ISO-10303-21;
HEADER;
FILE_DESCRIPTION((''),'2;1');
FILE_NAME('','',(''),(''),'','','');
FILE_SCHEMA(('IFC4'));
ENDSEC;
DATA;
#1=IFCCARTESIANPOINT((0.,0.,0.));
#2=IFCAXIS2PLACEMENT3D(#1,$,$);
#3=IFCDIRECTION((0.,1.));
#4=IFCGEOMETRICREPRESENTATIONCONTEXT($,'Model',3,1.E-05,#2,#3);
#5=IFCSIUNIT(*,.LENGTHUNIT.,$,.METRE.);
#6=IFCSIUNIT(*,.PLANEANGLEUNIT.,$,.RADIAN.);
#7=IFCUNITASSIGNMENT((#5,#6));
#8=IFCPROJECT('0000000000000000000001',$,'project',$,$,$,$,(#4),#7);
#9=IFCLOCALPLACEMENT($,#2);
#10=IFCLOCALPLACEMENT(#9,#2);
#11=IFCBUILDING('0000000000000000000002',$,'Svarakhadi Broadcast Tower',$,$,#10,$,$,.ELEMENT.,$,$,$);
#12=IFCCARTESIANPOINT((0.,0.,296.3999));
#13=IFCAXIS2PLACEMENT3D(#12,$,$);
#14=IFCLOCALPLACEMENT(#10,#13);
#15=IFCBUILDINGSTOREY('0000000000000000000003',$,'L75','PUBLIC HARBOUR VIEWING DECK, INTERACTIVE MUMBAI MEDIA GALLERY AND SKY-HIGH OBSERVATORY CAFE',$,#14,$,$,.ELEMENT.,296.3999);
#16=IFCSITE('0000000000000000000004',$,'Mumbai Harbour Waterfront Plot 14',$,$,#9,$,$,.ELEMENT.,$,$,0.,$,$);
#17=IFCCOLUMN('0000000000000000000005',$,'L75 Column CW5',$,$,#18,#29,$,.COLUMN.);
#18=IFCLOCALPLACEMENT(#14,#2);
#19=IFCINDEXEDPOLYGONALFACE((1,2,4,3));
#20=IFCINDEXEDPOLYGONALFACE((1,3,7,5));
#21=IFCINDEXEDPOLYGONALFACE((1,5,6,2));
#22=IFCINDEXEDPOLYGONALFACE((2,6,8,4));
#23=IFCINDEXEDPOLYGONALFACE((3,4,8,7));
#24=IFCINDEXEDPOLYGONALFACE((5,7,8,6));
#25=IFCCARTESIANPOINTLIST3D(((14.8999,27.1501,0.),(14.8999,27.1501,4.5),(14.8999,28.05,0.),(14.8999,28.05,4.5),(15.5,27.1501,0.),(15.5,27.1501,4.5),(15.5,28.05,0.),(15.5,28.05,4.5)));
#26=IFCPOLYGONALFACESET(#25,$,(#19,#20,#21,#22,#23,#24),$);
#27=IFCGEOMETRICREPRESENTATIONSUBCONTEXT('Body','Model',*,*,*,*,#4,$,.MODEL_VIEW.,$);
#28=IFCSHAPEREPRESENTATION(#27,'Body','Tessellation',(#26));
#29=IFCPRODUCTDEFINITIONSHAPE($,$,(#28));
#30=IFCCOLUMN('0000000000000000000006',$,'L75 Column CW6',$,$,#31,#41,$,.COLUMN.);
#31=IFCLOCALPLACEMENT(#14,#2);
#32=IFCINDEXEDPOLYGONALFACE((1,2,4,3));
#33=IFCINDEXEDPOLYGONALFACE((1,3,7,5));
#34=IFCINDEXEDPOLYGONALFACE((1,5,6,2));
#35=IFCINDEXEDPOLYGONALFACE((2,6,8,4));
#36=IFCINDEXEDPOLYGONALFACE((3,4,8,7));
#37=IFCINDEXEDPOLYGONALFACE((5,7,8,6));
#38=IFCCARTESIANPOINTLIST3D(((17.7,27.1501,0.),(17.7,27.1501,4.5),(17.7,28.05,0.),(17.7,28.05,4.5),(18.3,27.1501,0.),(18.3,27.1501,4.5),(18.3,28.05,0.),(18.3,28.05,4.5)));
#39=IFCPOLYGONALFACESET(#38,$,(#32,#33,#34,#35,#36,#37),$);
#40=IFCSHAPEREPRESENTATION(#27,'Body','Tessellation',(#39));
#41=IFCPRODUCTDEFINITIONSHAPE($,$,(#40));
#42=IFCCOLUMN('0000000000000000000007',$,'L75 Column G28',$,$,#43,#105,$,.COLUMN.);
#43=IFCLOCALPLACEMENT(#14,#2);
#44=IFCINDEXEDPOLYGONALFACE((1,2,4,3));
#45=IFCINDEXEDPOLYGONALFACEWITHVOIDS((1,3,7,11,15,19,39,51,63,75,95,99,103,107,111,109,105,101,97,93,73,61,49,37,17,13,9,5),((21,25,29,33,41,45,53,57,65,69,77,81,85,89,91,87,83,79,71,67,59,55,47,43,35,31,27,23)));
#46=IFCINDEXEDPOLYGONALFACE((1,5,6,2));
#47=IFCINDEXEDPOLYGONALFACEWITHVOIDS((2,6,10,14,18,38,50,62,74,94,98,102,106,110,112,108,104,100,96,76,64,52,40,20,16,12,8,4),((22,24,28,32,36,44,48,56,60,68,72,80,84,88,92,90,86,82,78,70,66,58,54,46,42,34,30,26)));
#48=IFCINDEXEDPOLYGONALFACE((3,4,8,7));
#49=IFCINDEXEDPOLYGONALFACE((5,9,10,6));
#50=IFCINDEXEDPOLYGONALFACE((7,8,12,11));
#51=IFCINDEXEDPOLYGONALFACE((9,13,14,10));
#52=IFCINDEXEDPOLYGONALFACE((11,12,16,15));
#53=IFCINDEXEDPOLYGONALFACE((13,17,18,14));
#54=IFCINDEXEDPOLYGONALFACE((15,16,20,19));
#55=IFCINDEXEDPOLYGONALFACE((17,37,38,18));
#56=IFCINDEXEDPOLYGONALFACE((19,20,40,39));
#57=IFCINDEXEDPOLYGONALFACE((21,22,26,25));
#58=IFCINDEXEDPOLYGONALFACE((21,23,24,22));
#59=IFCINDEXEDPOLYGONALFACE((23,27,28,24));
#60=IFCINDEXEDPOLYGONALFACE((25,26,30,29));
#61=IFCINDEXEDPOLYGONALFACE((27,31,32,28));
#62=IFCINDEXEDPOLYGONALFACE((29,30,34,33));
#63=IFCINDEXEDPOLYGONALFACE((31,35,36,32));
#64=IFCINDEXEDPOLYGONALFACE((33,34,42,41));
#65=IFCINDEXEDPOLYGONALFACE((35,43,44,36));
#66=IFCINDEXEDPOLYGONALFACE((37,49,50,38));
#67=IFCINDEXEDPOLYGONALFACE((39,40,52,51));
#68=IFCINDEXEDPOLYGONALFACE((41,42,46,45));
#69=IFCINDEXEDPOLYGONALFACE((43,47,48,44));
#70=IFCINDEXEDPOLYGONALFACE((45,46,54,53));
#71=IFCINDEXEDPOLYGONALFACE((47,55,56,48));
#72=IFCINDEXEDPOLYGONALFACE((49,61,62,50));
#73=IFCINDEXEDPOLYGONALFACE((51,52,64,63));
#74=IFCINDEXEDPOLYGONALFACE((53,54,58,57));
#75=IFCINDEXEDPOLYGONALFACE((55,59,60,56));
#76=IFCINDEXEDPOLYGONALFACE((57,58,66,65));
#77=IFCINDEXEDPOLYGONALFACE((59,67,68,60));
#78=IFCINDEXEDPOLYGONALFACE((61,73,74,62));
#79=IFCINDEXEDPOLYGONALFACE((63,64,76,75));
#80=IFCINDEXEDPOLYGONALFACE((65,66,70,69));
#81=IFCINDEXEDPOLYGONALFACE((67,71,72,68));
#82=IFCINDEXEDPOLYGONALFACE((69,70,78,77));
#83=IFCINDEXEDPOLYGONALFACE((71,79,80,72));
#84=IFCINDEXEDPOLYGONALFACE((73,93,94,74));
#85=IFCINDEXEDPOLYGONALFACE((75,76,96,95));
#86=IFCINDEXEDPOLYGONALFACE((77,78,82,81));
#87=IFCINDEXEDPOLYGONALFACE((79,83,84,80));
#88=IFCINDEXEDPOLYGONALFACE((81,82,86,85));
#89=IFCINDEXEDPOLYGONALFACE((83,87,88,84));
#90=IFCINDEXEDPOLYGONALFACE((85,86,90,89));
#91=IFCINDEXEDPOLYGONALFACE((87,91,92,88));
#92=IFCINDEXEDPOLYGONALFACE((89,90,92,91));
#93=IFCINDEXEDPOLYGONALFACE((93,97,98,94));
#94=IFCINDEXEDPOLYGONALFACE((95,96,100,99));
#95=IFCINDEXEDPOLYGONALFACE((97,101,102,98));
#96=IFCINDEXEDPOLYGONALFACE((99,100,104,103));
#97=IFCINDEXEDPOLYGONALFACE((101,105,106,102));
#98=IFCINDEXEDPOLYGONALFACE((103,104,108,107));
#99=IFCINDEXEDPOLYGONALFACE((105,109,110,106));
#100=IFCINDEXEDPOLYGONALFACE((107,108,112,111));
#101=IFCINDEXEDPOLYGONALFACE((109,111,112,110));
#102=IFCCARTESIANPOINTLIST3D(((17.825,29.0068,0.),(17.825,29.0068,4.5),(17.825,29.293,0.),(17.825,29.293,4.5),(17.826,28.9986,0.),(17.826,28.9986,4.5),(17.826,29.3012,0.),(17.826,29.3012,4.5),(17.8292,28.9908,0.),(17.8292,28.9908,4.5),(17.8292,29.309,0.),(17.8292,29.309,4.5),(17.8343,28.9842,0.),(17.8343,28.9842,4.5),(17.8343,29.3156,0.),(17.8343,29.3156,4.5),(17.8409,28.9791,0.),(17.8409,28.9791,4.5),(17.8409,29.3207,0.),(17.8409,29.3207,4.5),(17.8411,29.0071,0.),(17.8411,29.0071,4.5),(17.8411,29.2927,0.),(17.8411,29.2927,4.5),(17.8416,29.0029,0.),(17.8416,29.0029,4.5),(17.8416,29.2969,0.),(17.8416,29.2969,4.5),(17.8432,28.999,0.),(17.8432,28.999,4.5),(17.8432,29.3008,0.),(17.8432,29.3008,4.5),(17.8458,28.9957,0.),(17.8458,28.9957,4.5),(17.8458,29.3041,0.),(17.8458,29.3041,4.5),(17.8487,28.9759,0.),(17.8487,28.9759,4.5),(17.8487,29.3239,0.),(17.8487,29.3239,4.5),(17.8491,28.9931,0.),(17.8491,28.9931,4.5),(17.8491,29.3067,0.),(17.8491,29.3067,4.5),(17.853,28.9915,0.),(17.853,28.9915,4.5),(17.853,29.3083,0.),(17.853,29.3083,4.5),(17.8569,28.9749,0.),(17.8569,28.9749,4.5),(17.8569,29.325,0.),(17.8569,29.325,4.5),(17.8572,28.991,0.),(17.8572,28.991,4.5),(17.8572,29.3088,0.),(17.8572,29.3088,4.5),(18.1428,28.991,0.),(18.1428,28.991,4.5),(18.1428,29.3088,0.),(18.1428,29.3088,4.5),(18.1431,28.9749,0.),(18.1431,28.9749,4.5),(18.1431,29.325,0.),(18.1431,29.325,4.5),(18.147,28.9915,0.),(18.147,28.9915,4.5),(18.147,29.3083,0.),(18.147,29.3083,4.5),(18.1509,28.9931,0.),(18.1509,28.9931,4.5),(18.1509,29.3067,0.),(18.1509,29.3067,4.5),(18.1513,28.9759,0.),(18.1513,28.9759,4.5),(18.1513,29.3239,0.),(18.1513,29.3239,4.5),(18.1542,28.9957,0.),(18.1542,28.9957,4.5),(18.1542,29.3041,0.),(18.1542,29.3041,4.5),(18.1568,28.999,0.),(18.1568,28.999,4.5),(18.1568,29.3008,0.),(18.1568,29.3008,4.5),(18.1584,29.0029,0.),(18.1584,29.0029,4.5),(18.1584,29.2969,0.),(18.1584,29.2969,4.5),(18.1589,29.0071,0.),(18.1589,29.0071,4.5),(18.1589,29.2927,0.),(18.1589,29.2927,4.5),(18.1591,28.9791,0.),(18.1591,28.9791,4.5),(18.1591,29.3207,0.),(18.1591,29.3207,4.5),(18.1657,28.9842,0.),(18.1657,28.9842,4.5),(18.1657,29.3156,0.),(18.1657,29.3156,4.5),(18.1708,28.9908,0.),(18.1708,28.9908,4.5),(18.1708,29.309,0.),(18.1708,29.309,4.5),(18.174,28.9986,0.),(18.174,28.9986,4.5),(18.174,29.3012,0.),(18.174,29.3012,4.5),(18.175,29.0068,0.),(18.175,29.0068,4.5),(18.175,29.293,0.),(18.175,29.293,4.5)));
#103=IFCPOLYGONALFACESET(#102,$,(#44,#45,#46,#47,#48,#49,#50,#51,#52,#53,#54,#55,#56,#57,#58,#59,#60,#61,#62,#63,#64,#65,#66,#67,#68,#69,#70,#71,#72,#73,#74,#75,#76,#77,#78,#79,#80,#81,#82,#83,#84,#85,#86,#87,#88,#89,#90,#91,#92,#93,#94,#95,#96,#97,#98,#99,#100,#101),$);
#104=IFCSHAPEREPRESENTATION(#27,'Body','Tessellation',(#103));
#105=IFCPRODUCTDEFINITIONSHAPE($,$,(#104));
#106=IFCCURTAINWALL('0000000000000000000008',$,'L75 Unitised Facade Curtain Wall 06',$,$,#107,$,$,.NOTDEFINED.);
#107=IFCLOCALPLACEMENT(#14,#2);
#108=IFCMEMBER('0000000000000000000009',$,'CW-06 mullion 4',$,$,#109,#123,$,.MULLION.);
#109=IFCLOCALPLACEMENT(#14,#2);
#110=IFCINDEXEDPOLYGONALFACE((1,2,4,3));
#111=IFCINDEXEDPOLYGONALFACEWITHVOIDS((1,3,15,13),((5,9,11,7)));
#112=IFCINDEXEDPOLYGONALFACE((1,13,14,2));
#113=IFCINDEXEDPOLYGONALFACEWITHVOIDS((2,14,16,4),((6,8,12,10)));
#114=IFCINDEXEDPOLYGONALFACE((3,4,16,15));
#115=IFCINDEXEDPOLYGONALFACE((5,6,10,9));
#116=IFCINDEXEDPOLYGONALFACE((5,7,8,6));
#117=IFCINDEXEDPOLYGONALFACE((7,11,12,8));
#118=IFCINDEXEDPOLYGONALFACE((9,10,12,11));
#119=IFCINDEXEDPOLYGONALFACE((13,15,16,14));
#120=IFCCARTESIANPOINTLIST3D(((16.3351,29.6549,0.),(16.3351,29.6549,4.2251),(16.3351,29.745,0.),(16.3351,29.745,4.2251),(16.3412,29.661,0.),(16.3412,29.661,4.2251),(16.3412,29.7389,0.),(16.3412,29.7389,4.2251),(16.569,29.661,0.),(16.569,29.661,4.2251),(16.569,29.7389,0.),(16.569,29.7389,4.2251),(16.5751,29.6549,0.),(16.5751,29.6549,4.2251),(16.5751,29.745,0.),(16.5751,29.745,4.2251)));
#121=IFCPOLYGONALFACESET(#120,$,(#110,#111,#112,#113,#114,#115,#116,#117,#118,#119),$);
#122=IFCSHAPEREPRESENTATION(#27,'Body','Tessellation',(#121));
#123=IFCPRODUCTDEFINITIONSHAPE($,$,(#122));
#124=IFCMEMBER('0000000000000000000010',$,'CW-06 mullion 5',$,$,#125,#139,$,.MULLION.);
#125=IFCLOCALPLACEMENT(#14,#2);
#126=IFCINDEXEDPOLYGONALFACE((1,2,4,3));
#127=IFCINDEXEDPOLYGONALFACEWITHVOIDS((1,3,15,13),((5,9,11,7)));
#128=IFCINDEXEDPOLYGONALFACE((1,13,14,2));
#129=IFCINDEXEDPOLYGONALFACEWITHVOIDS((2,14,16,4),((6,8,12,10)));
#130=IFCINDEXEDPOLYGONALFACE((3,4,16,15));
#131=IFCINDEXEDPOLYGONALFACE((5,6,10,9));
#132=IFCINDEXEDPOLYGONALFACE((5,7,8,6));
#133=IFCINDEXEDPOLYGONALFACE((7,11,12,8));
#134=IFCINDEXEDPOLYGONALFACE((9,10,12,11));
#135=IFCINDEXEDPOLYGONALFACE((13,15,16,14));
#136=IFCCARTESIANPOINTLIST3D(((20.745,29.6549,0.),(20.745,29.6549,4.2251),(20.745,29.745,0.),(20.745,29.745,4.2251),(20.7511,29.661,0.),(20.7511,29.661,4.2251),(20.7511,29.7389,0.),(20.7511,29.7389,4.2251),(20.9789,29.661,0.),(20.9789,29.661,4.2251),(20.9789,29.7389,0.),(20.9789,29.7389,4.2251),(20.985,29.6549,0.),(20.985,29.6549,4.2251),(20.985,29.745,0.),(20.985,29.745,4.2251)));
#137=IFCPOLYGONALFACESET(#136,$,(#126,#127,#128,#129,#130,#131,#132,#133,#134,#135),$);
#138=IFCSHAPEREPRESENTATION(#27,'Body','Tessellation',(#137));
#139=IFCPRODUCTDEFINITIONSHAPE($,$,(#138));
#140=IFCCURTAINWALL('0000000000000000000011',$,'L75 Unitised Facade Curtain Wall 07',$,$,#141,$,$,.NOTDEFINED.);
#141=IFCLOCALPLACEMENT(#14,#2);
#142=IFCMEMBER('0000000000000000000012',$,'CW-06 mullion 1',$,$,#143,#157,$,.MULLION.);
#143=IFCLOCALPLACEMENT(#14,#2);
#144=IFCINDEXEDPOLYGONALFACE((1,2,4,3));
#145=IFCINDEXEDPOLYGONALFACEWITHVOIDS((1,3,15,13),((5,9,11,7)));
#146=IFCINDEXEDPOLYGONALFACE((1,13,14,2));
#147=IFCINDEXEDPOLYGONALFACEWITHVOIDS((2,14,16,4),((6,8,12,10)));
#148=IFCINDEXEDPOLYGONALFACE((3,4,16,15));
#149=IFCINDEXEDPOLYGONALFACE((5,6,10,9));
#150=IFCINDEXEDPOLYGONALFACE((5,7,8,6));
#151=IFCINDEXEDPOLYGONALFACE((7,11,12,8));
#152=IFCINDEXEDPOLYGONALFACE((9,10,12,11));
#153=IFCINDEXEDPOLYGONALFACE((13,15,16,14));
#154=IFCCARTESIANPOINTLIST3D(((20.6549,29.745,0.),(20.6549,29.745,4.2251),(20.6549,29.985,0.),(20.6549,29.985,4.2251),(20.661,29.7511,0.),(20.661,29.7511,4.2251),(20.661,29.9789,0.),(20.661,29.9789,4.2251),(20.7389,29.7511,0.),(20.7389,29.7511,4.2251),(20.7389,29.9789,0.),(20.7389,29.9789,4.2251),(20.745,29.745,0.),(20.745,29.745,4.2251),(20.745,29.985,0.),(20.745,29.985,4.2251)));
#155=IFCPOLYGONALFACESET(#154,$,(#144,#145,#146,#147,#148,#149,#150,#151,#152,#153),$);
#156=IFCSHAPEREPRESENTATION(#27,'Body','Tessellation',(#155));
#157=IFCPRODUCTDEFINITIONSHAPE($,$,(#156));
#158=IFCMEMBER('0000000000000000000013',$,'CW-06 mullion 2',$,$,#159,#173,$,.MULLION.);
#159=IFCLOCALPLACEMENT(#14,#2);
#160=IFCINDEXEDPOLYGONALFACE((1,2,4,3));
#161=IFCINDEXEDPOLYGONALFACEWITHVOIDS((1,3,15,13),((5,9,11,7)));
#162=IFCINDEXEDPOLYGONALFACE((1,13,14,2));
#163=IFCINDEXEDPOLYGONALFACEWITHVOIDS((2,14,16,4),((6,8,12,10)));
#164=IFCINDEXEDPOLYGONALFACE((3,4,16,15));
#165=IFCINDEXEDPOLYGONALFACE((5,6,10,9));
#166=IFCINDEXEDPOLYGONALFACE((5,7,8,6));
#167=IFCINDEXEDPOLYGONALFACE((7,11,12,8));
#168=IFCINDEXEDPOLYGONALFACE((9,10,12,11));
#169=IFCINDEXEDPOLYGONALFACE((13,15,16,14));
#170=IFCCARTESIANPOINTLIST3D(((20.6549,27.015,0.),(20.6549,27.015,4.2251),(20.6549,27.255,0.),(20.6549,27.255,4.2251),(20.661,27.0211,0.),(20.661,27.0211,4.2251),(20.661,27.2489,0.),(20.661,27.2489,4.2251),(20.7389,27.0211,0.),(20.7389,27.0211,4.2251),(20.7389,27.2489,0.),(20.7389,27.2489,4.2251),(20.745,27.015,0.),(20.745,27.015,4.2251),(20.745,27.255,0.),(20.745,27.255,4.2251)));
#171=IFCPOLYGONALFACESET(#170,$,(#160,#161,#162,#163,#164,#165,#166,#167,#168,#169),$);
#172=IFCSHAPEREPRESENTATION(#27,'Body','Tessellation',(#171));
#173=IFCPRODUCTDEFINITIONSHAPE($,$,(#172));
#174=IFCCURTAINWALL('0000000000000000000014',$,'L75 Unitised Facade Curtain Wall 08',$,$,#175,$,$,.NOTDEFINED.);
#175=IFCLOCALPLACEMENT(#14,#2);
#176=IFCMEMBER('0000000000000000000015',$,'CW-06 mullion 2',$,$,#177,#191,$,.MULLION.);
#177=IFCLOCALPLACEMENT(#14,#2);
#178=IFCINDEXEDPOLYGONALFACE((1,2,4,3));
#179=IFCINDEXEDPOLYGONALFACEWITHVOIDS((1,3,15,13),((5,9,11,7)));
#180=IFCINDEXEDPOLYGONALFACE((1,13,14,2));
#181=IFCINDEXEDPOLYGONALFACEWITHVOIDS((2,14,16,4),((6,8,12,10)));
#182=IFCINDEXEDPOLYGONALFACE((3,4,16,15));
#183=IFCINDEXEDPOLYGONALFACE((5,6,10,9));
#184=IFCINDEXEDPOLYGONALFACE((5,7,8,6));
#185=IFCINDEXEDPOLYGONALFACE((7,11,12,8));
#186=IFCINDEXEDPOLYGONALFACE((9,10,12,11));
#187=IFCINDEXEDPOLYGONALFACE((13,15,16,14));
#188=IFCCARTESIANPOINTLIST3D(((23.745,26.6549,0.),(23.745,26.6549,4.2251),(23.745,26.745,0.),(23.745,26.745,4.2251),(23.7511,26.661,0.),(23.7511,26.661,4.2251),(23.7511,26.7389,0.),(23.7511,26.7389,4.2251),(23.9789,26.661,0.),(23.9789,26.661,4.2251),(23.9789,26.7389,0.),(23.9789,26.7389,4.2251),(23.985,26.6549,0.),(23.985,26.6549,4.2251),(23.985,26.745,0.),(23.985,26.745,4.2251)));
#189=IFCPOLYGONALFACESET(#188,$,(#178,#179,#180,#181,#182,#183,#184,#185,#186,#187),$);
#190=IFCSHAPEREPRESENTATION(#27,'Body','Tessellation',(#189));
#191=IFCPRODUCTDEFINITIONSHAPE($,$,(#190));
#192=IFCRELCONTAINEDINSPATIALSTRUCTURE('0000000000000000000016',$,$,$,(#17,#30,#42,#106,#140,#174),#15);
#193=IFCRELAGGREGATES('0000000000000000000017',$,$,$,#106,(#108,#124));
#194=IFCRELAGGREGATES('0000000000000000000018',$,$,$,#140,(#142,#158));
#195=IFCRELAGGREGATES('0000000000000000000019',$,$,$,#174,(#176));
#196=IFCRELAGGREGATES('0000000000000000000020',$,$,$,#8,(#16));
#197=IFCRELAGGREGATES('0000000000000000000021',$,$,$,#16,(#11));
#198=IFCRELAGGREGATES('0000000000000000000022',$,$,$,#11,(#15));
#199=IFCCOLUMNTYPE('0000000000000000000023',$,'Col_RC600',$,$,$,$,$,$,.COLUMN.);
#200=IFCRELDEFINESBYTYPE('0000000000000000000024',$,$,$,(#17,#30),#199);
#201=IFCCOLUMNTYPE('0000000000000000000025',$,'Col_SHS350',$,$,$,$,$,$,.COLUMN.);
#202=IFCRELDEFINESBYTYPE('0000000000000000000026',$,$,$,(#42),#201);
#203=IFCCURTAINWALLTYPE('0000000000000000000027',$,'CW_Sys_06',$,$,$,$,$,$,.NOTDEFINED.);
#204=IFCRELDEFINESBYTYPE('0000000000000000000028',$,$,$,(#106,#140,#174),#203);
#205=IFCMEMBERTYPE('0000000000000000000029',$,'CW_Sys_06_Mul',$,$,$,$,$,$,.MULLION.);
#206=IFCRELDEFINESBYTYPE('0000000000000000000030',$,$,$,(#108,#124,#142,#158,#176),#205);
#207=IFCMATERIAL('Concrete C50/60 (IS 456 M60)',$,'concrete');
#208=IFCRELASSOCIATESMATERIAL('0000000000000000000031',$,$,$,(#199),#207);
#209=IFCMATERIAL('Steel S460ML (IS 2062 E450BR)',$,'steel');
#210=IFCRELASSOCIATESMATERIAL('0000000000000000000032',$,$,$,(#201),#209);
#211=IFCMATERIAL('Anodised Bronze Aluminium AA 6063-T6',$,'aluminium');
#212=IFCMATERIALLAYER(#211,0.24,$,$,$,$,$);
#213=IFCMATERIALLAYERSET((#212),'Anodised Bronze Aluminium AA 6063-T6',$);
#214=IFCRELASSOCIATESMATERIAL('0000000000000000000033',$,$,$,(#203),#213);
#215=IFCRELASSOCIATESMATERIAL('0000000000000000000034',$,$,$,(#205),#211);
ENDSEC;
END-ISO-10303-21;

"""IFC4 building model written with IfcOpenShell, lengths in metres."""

from ifc_helpers import new_model, si_unit, direction, frame, origin, origin_2d, place, context, subcontext, project, spatial, rectangle, hollow_rectangle, extrude, material, layer, layer_set, material_profile, profile_set, type_object, element, aggregate, save


model = new_model("IFC4")

# Units and contexts
model_context = context("Model", 3, precision=1e-05, world=origin(), true_north=direction((0.0, 1.0)))
body_context = subcontext(model_context, "Body", "Model", "MODEL_VIEW")
ifc_project = project(units=[si_unit("LENGTHUNIT", "METRE"), si_unit("PLANEANGLEUNIT", "RADIAN")], contexts=[model_context])

# Site, building, storey
site_placement = place(None, origin())
site = spatial("IfcSite", under=ifc_project, at=site_placement, Name="Mumbai Harbour Waterfront Plot 14", CompositionType="ELEMENT", RefElevation=0.0)
building_placement = place(site_placement, origin())
building = spatial("IfcBuilding", under=site, at=building_placement, Name="Svarakhadi Broadcast Tower", CompositionType="ELEMENT")
storey_placement = place(building_placement, frame((0.0, 0.0, 296.3999)))
storey = spatial("IfcBuildingStorey", under=building, at=storey_placement, Name="L75", Description="PUBLIC HARBOUR VIEWING DECK, INTERACTIVE MUMBAI MEDIA GALLERY AND SKY-HIGH OBSERVATORY CAFE", CompositionType="ELEMENT", Elevation=296.3999)

# Columns
ifc_material_1 = material(Name="Concrete C50/60 (IS 456 M60)", Category="concrete")
ifc_material_profile_1 = material_profile(ifc_material_1, rectangle(XDim=0.6001, YDim=0.8999, at=origin_2d()), Name="RC 600x900")
ifc_profile_set_1 = profile_set([ifc_material_profile_1], Name="Concrete C50/60 (IS 456 M60)")
column_type_1 = type_object("IfcColumnType", Name="Col_RC600", PredefinedType="COLUMN", material=ifc_profile_set_1)
for number, where, z_axis, x_axis, name in (
    (1, (15.2, 27.6001, 0.0), (0.0, 0.0, 1.0), (1.0, 0.0, 0.0), "L75 Column CW5"),
    (2, (18.0, 27.6001, 0.0), (0.0, 0.0, 1.0), (1.0, 0.0, 0.0), "L75 Column CW6"),
):
    element("IfcColumn", number, at=place(storey_placement, frame(where, z_axis=z_axis, x_axis=x_axis)), inside=storey, type_object=column_type_1, Name=name, PredefinedType="COLUMN", context=body_context, shape_type="SweptSolid", body=[
        extrude(rectangle(XDim=0.6001, YDim=0.8999, at=origin_2d()), origin(), (0.0, 0.0, 1.0), 4.5),
    ])
ifc_material_2 = material(Name="Steel S460ML (IS 2062 E450BR)", Category="steel")
ifc_material_profile_2 = material_profile(ifc_material_2, hollow_rectangle(XDim=0.3501, YDim=0.3501, WallThickness=0.0161, InnerFilletRadius=0.0161, OuterFilletRadius=0.032, at=origin_2d()), Name="SHS 350x350x16")
ifc_profile_set_2 = profile_set([ifc_material_profile_2], Name="Steel S460ML (IS 2062 E450BR)")
column_type_2 = type_object("IfcColumnType", Name="Col_SHS350", PredefinedType="COLUMN", material=ifc_profile_set_2)
column_placement = place(storey_placement, frame((18.0, 29.1499, 0.0), z_axis=(0.0, 0.0, 1.0), x_axis=(1.0, 0.0, 0.0)))
element("IfcColumn", 3, at=column_placement, inside=storey, type_object=column_type_2, Name="L75 Column G28", PredefinedType="COLUMN", context=body_context, shape_type="SweptSolid", body=[
    extrude(hollow_rectangle(XDim=0.3501, YDim=0.3501, WallThickness=0.0161, InnerFilletRadius=0.0161, OuterFilletRadius=0.032, at=origin_2d()), origin(), (0.0, 0.0, 1.0), 4.5),
])

# Curtain walls, members
ifc_material_3 = material(Name="Anodised Bronze Aluminium AA 6063-T6", Category="aluminium")
ifc_layer_1 = layer(ifc_material_3, 0.24)
ifc_layer_set_1 = layer_set([ifc_layer_1], Name="Anodised Bronze Aluminium AA 6063-T6")
curtain_wall_type = type_object("IfcCurtainWallType", Name="CW_Sys_06", PredefinedType="NOTDEFINED", material=ifc_layer_set_1)
curtain_wall_1_placement = place(storey_placement, origin())
curtain_wall_1 = element("IfcCurtainWall", 4, at=curtain_wall_1_placement, inside=storey, type_object=curtain_wall_type, Name="L75 Unitised Facade Curtain Wall 06", PredefinedType="NOTDEFINED")
ifc_material_profile_3 = material_profile(ifc_material_3, hollow_rectangle(XDim=0.0901, YDim=0.24, WallThickness=0.0061, at=origin_2d()), Name="ALU MULLION 240x90x6")
ifc_profile_set_3 = profile_set([ifc_material_profile_3], Name="Anodised Bronze Aluminium AA 6063-T6")
member_type_1 = type_object("IfcMemberType", Name="CW_Sys_06_Mul", PredefinedType="MULLION", material=ifc_profile_set_3)
member_1_placement = place(storey_placement, frame((16.4551, 29.7, 0.0), z_axis=(0.0, 0.0, 1.0), x_axis=(0.0, 1.0, 0.0)))
member_1 = element("IfcMember", 5, at=member_1_placement, type_object=member_type_1, Name="CW-06 mullion 4", PredefinedType="MULLION", context=body_context, shape_type="SweptSolid", body=[
    extrude(hollow_rectangle(XDim=0.0901, YDim=0.24, WallThickness=0.0061, at=origin_2d()), origin(), (0.0, 0.0, 1.0), 4.2251),
])
member_2_placement = place(storey_placement, frame((20.865, 29.7, 0.0), z_axis=(0.0, 0.0, 1.0), x_axis=(0.0, 1.0, 0.0)))
member_2 = element("IfcMember", 6, at=member_2_placement, type_object=member_type_1, Name="CW-06 mullion 5", PredefinedType="MULLION", context=body_context, shape_type="SweptSolid", body=[
    extrude(hollow_rectangle(XDim=0.0901, YDim=0.24, WallThickness=0.0061, at=origin_2d()), origin(), (0.0, 0.0, 1.0), 4.2251),
])
curtain_wall_2_placement = place(storey_placement, origin())
curtain_wall_2 = element("IfcCurtainWall", 7, at=curtain_wall_2_placement, inside=storey, type_object=curtain_wall_type, Name="L75 Unitised Facade Curtain Wall 07", PredefinedType="NOTDEFINED")
member_3_placement = place(storey_placement, frame((20.7, 29.865, 0.0), z_axis=(0.0, 0.0, 1.0), x_axis=(1.0, 0.0, 0.0)))
member_3 = element("IfcMember", 8, at=member_3_placement, type_object=member_type_1, Name="CW-06 mullion 1", PredefinedType="MULLION", context=body_context, shape_type="SweptSolid", body=[
    extrude(hollow_rectangle(XDim=0.0901, YDim=0.24, WallThickness=0.0061, at=origin_2d()), origin(), (0.0, 0.0, 1.0), 4.2251),
])
member_4_placement = place(storey_placement, frame((20.7, 27.135, 0.0), z_axis=(0.0, 0.0, 1.0), x_axis=(1.0, 0.0, 0.0)))
member_4 = element("IfcMember", 9, at=member_4_placement, type_object=member_type_1, Name="CW-06 mullion 2", PredefinedType="MULLION", context=body_context, shape_type="SweptSolid", body=[
    extrude(hollow_rectangle(XDim=0.0901, YDim=0.24, WallThickness=0.0061, at=origin_2d()), origin(), (0.0, 0.0, 1.0), 4.2251),
])

# Curtain wall, member
curtain_wall_3_placement = place(storey_placement, origin())
curtain_wall_3 = element("IfcCurtainWall", 10, at=curtain_wall_3_placement, inside=storey, type_object=curtain_wall_type, Name="L75 Unitised Facade Curtain Wall 08", PredefinedType="NOTDEFINED")
member_5_placement = place(storey_placement, frame((23.865, 26.7, 0.0), z_axis=(0.0, 0.0, 1.0), x_axis=(0.0, 1.0, 0.0)))
member_5 = element("IfcMember", 11, at=member_5_placement, type_object=member_type_1, Name="CW-06 mullion 2", PredefinedType="MULLION", context=body_context, shape_type="SweptSolid", body=[
    extrude(hollow_rectangle(XDim=0.0901, YDim=0.24, WallThickness=0.0061, at=origin_2d()), origin(), (0.0, 0.0, 1.0), 4.2251),
])

aggregate(curtain_wall_1, [member_1, member_2])
aggregate(curtain_wall_2, [member_3, member_4])
aggregate(curtain_wall_3, [member_5])

save(model, "model.ifc")
